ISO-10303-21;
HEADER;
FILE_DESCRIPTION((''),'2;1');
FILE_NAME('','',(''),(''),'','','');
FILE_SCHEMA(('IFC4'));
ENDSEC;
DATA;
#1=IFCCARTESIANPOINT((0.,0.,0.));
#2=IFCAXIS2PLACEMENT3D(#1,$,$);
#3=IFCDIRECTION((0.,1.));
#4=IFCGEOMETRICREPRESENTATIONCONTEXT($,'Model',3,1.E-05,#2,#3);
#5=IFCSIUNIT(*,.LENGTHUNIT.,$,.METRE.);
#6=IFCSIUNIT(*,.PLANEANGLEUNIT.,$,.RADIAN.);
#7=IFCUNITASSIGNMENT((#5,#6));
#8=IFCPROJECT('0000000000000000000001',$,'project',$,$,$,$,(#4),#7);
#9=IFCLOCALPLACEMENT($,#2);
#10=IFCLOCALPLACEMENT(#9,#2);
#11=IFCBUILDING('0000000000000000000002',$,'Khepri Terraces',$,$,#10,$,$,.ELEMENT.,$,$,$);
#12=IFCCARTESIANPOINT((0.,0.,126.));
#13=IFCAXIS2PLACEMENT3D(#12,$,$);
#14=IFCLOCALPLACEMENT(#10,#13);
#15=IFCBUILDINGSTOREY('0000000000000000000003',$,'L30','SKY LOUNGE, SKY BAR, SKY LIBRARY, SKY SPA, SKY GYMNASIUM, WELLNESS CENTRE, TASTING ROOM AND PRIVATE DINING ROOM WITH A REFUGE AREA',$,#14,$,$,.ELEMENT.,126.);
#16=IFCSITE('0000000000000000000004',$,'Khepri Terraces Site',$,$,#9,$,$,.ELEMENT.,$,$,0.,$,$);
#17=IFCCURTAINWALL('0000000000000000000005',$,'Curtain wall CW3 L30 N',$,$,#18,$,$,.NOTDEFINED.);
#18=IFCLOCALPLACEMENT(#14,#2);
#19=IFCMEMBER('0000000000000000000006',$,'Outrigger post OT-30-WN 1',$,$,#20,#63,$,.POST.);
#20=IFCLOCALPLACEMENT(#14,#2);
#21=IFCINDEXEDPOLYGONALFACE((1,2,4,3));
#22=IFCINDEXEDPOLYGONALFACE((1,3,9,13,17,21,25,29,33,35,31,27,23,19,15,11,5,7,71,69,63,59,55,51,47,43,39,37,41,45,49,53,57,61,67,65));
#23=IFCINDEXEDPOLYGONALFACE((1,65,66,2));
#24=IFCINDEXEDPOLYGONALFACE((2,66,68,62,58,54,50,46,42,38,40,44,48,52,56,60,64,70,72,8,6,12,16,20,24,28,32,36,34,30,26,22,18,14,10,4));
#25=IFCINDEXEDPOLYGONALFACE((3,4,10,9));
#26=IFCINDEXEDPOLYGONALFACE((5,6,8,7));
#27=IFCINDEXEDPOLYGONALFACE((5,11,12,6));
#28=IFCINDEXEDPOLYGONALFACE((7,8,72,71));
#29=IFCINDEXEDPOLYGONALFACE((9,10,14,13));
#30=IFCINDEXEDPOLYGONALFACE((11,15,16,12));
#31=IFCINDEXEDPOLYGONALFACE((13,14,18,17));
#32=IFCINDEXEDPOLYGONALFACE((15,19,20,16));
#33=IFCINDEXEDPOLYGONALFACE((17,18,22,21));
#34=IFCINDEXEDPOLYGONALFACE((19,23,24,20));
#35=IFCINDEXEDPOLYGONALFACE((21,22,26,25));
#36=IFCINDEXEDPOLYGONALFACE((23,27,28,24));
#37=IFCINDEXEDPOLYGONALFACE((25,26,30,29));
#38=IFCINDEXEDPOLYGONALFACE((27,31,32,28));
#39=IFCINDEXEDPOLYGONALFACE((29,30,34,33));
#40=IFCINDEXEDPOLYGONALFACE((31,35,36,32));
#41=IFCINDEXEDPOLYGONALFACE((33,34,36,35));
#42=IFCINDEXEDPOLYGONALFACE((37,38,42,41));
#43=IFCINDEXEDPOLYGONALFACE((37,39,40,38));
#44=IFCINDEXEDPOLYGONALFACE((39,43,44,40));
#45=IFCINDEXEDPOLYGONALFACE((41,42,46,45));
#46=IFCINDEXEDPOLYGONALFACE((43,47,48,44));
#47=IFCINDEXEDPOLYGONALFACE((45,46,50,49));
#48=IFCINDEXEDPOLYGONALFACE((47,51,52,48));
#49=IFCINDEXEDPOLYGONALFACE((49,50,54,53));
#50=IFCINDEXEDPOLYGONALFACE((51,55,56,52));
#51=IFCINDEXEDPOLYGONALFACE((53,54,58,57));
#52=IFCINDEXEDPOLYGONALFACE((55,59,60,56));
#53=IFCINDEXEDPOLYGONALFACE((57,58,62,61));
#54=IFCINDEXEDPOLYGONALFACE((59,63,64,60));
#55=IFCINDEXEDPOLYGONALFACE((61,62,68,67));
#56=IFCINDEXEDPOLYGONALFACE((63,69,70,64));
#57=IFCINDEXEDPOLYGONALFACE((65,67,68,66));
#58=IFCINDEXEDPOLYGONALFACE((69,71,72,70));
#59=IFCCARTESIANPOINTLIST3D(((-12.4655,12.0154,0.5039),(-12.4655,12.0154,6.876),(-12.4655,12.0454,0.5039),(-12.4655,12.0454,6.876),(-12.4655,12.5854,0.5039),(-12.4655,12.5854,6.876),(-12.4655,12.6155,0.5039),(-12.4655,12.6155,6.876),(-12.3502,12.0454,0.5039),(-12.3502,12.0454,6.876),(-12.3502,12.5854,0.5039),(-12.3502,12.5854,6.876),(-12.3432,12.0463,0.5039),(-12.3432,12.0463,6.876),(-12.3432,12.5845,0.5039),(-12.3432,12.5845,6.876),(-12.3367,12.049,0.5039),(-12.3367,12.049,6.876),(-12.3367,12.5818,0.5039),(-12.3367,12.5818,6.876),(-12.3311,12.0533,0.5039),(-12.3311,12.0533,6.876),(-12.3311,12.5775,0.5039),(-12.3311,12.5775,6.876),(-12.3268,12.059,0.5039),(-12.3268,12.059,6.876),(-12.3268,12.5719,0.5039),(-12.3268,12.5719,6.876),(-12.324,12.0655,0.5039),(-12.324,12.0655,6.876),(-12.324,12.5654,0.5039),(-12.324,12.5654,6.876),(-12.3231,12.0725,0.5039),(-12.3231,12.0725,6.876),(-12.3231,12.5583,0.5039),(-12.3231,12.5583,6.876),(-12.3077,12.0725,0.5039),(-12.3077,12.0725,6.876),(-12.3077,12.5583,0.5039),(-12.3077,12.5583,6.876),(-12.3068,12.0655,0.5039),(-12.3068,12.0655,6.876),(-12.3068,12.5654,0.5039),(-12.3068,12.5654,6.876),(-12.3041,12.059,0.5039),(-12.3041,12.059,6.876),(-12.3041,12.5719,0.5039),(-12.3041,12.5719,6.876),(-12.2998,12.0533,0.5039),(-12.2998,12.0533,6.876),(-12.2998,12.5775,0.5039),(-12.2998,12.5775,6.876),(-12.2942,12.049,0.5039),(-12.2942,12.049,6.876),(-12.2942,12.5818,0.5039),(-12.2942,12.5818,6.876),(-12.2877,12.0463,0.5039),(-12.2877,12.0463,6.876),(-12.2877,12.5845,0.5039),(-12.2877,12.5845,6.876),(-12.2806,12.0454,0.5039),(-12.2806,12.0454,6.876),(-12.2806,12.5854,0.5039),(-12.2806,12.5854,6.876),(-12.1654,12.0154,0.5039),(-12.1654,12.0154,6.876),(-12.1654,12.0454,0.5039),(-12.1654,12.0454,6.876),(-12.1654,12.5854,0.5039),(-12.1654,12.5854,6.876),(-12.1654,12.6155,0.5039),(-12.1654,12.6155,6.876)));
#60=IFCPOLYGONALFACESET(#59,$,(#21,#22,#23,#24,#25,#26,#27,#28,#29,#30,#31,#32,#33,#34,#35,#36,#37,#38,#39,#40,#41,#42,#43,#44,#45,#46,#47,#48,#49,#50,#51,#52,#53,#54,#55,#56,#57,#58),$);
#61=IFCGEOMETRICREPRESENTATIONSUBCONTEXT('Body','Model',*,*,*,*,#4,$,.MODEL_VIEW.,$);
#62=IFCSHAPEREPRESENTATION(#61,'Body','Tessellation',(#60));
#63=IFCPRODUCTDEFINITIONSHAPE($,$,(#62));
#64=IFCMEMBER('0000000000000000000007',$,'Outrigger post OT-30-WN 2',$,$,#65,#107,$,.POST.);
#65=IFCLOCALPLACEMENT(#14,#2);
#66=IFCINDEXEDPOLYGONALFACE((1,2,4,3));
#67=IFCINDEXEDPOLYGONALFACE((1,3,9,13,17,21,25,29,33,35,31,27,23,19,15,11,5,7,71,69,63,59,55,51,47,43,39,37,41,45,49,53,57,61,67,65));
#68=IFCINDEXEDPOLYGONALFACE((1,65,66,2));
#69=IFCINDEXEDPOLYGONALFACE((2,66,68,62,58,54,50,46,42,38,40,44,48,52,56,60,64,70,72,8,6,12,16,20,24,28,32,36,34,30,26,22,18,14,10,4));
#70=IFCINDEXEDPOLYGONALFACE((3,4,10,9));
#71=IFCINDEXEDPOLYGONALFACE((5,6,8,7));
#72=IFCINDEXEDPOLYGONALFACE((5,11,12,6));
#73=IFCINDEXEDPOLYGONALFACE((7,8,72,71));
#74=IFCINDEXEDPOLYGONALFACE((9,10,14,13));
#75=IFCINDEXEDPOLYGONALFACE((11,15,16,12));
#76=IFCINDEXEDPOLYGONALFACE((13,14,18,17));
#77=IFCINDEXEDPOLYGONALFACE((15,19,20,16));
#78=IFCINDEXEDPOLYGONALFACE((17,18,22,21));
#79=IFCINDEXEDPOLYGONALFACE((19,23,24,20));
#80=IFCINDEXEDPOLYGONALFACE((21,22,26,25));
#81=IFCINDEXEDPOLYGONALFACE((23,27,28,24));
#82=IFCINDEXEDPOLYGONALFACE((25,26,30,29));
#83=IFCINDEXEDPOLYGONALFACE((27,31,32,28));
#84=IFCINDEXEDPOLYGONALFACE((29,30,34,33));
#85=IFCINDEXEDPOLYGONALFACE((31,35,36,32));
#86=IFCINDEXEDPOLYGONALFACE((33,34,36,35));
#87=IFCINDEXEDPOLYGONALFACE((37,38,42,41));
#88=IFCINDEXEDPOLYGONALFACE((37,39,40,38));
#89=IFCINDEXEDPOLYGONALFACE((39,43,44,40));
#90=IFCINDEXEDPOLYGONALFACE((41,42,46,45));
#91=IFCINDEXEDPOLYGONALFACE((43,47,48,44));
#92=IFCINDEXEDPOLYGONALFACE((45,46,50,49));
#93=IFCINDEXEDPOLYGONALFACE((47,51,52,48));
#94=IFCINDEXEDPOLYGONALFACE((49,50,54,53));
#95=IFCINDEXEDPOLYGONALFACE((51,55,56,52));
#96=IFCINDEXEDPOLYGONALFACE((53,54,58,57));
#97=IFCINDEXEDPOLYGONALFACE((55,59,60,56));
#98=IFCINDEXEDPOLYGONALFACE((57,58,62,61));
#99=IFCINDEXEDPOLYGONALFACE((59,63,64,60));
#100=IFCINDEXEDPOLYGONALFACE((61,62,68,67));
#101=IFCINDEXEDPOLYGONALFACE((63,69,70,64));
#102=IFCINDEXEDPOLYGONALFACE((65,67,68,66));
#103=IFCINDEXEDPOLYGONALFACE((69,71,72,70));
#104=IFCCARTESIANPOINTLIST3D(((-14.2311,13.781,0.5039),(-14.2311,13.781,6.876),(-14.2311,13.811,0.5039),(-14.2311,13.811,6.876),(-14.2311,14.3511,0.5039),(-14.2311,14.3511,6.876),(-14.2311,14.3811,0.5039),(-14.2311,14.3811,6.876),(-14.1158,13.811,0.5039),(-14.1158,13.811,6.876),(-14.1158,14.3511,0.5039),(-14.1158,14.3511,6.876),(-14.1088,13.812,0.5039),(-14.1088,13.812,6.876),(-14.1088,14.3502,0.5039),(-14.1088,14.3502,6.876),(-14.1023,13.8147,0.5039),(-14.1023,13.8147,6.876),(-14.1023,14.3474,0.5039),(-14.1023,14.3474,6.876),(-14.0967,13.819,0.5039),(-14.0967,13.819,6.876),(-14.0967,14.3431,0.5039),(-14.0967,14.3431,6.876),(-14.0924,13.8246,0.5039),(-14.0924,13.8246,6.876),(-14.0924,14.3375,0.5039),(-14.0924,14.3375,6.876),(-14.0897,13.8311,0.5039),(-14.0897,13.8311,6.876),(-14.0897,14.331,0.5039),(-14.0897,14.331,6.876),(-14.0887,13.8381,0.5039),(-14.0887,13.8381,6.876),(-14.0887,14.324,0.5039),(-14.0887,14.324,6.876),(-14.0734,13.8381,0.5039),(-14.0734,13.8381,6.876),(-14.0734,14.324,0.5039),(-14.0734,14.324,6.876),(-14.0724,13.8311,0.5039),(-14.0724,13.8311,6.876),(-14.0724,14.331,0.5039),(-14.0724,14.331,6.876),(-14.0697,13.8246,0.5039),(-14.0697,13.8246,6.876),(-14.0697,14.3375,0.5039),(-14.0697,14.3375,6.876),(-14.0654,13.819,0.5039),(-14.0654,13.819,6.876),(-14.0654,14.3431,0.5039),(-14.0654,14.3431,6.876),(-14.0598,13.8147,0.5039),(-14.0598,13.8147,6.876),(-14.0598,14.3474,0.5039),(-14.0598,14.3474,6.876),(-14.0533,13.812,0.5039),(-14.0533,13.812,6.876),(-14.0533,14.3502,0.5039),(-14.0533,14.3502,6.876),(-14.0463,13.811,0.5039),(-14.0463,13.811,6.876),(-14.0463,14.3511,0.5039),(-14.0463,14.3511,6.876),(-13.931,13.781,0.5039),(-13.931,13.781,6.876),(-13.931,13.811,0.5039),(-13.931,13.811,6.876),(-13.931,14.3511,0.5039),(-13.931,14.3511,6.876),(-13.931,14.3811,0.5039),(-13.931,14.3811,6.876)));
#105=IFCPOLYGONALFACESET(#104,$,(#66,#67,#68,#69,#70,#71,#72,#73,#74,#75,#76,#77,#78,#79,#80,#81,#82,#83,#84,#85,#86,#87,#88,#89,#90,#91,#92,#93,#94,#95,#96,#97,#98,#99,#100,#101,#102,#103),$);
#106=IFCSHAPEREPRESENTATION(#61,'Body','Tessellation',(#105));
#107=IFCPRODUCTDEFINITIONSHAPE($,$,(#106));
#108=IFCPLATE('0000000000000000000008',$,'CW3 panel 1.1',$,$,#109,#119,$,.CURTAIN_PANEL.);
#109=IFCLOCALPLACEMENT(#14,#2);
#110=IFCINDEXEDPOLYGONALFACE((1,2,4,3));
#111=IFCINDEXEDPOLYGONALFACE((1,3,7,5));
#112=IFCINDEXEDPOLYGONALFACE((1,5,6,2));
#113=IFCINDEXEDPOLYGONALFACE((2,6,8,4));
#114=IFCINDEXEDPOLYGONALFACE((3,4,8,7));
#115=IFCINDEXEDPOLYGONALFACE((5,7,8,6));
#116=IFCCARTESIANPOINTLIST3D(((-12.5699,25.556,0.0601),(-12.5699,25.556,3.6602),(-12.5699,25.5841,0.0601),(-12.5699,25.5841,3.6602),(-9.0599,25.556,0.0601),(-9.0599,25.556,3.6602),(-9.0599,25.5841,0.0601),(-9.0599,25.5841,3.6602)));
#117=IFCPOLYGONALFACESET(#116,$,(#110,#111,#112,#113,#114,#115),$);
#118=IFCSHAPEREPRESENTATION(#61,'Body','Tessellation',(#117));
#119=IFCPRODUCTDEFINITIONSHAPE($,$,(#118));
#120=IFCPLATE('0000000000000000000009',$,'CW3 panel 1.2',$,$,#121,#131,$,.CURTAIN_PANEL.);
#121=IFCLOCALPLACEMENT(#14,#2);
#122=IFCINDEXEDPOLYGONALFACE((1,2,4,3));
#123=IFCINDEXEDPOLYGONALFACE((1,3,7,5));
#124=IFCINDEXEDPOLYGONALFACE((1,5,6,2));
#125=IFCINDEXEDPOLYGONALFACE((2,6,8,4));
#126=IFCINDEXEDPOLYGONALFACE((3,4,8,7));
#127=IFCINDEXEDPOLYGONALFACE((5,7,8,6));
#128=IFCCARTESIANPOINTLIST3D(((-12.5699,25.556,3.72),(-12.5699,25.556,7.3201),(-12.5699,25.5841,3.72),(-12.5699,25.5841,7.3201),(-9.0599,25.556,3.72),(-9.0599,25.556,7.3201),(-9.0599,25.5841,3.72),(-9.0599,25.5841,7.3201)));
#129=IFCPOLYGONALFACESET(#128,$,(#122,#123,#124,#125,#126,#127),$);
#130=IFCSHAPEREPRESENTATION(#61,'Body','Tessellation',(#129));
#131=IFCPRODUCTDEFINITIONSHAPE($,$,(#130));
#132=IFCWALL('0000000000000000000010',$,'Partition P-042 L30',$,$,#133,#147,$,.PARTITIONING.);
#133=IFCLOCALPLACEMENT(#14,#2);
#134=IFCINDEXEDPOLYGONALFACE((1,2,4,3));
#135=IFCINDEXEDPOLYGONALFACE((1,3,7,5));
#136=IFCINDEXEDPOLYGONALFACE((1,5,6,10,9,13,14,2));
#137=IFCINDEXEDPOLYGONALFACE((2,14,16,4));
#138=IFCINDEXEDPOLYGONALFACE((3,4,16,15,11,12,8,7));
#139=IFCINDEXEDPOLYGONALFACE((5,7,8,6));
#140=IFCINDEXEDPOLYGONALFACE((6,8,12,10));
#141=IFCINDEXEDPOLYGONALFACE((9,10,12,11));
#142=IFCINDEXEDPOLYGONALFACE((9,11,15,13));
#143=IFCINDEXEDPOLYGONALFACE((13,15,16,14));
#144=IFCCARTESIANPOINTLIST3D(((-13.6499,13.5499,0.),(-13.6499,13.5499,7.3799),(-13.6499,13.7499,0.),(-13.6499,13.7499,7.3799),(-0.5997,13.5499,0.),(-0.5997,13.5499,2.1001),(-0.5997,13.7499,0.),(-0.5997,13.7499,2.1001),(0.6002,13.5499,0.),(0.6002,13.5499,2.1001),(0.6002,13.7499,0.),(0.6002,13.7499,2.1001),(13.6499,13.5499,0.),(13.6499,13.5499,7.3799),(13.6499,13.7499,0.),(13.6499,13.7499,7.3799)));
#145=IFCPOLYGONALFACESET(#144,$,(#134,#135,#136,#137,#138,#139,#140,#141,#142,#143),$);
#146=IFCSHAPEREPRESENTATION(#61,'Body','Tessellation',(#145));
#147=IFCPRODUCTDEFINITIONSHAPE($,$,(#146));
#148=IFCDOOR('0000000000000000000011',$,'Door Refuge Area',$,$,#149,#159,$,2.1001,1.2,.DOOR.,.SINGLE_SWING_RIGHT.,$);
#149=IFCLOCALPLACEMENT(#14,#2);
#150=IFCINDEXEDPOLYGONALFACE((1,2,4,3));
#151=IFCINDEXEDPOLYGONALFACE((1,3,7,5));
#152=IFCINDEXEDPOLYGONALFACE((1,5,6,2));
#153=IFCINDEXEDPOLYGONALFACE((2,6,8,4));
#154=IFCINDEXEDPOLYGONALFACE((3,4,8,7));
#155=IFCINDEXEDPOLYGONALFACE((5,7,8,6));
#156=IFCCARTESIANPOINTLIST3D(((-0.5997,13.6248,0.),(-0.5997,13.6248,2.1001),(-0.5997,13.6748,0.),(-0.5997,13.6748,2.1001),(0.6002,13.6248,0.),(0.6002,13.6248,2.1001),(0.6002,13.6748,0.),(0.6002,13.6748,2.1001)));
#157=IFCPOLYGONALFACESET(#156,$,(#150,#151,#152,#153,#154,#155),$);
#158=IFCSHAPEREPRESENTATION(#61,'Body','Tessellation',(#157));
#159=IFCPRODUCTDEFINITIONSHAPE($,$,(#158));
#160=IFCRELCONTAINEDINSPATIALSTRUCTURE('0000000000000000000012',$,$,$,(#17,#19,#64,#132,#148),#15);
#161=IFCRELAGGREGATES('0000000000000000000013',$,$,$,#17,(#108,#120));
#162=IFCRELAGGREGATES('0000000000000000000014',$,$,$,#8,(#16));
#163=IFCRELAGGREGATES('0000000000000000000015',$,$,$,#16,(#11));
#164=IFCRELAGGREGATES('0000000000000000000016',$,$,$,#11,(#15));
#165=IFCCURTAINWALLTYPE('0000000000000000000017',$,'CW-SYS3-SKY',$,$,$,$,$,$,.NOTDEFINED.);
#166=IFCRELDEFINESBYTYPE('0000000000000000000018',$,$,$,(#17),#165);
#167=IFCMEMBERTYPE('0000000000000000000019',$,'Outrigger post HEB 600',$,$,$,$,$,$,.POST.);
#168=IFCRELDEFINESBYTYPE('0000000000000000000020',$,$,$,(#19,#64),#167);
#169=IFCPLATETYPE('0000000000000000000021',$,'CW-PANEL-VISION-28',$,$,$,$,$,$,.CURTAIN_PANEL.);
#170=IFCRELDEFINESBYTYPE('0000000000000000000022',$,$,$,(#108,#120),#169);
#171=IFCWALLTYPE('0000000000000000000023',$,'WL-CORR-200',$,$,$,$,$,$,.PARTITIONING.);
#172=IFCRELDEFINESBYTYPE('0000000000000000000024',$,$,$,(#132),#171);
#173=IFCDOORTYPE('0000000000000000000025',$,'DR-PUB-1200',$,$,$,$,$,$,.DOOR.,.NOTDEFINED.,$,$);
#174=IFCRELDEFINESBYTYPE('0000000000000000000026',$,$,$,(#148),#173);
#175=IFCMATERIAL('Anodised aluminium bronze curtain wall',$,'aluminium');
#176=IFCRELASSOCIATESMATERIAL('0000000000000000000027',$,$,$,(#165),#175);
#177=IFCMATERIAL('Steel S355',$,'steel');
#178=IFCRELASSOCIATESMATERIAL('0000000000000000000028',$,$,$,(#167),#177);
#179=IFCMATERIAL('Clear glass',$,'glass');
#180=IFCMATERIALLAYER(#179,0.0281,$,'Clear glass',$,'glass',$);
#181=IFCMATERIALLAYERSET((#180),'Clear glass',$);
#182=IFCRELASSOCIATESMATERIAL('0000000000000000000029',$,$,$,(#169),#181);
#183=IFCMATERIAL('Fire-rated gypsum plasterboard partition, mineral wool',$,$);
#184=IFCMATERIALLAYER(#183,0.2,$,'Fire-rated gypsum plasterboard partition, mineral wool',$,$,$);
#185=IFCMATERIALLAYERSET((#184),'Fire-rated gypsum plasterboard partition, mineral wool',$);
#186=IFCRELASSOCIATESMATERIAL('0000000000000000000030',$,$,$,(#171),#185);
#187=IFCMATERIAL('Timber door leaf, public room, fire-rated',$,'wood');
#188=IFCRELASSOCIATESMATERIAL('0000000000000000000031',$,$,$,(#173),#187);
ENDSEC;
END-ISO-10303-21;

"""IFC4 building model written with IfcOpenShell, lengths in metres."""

from ifc_helpers import new_model, si_unit, direction, frame, frame_2d, origin, origin_2d, place, context, subcontext, project, spatial, rectangle, i_section, extrude, material, layer, layer_set, material_profile, profile_set, type_object, element, fill, aggregate, save


model = new_model("IFC4")

# Units and contexts
model_context = context("Model", 3, precision=1e-05, world=origin(), true_north=direction((0.0, 1.0)))
body_context = subcontext(model_context, "Body", "Model", "MODEL_VIEW")
ifc_project = project(units=[si_unit("LENGTHUNIT", "METRE"), si_unit("PLANEANGLEUNIT", "RADIAN")], contexts=[model_context])

# Site, building, storey
site_placement = place(None, origin())
site = spatial("IfcSite", under=ifc_project, at=site_placement, Name="Khepri Terraces Site", CompositionType="ELEMENT", RefElevation=0.0)
building_placement = place(site_placement, origin())
building = spatial("IfcBuilding", under=site, at=building_placement, Name="Khepri Terraces", CompositionType="ELEMENT")
storey_placement = place(building_placement, frame((0.0, 0.0, 126.0)))
storey = spatial("IfcBuildingStorey", under=building, at=storey_placement, Name="L30", Description="SKY LOUNGE, SKY BAR, SKY LIBRARY, SKY SPA, SKY GYMNASIUM, WELLNESS CENTRE, TASTING ROOM AND PRIVATE DINING ROOM WITH A REFUGE AREA", CompositionType="ELEMENT", Elevation=126.0)

# Shared definitions
ifc_material_1 = material(Name="Steel S355", Category="steel")

# Curtain wall
ifc_material_2 = material(Name="Anodised aluminium bronze curtain wall", Category="aluminium")
curtain_wall_type = type_object("IfcCurtainWallType", Name="CW-SYS3-SKY", PredefinedType="NOTDEFINED", material=ifc_material_2)
curtain_wall_placement = place(storey_placement, origin())
curtain_wall = element("IfcCurtainWall", 1, at=curtain_wall_placement, inside=storey, type_object=curtain_wall_type, Name="Curtain wall CW3 L30 N", PredefinedType="NOTDEFINED")

# Members
ifc_material_profile_1 = material_profile(ifc_material_1, i_section(OverallWidth=0.3, OverallDepth=0.6001, WebThickness=0.0154, FlangeThickness=0.03, FilletRadius=0.0271, at=origin_2d()), Name="Steel S355", Category="steel")
ifc_profile_set_1 = profile_set([ifc_material_profile_1], Name="Steel S355")
member_type_1 = type_object("IfcMemberType", Name="Outrigger post HEB 600", PredefinedType="POST", material=ifc_profile_set_1)
for number, where, z_axis, x_axis, name in (
    (2, (-12.3154, 12.3154, 0.5039), (0.0, 0.0, 1.0), (1.0, 0.0, 0.0), "Outrigger post OT-30-WN 1"),
    (3, (-14.0811, 14.0811, 0.5039), (0.0, 0.0, 1.0), (1.0, 0.0, 0.0), "Outrigger post OT-30-WN 2"),
):
    element("IfcMember", number, at=place(storey_placement, frame(where, z_axis=z_axis, x_axis=x_axis)), inside=storey, type_object=member_type_1, Name=name, PredefinedType="POST", context=body_context, shape_type="SweptSolid", body=[
        extrude(i_section(OverallWidth=0.3, OverallDepth=0.6001, WebThickness=0.0154, FlangeThickness=0.03, FilletRadius=0.0271, at=origin_2d()), origin(), (0.0, 0.0, 1.0), 6.3721),
    ])

# Plates
ifc_material_3 = material(Name="Clear glass", Category="glass")
ifc_layer_1 = layer(ifc_material_3, 0.0281, Name="Clear glass", Category="glass")
ifc_layer_set_1 = layer_set([ifc_layer_1], Name="Clear glass")
plate_type = type_object("IfcPlateType", Name="CW-PANEL-VISION-28", PredefinedType="CURTAIN_PANEL", material=ifc_layer_set_1)
plate_1_placement = place(storey_placement, frame((-10.8149, 25.5701, 0.0601), z_axis=(0.0, 0.0, 1.0), x_axis=(-1.0, 0.0, 0.0)))
plate_1 = element("IfcPlate", 4, at=plate_1_placement, type_object=plate_type, Name="CW3 panel 1.1", PredefinedType="CURTAIN_PANEL", context=body_context, shape_type="SweptSolid", body=[
    extrude(rectangle(XDim=3.51, YDim=0.0281, at=origin_2d()), origin(), (0.0, 0.0, 1.0), 3.6001),
])
plate_2_placement = place(storey_placement, frame((-10.8149, 25.5701, 3.72), z_axis=(0.0, 0.0, 1.0), x_axis=(-1.0, 0.0, 0.0)))
plate_2 = element("IfcPlate", 5, at=plate_2_placement, type_object=plate_type, Name="CW3 panel 1.2", PredefinedType="CURTAIN_PANEL", context=body_context, shape_type="SweptSolid", body=[
    extrude(rectangle(XDim=3.51, YDim=0.0281, at=origin_2d()), origin(), (0.0, 0.0, 1.0), 3.6001),
])
aggregate(curtain_wall, [plate_1, plate_2])

# Wall, opening, door
ifc_material_4 = material(Name="Fire-rated gypsum plasterboard partition, mineral wool")
ifc_layer_2 = layer(ifc_material_4, 0.2, Name="Fire-rated gypsum plasterboard partition, mineral wool")
ifc_layer_set_2 = layer_set([ifc_layer_2], Name="Fire-rated gypsum plasterboard partition, mineral wool")
wall_type = type_object("IfcWallType", Name="WL-CORR-200", PredefinedType="PARTITIONING", material=ifc_layer_set_2)
wall_placement = place(storey_placement, frame((-13.6499, 13.6499, 0.0), z_axis=(0.0, 0.0, 1.0), x_axis=(1.0, 0.0, 0.0)))
wall = element("IfcWall", 6, at=wall_placement, inside=storey, type_object=wall_type, Name="Partition P-042 L30", PredefinedType="PARTITIONING", context=body_context, shape_type="SweptSolid", body=[
    extrude(rectangle(XDim=27.2998, YDim=0.2, at=frame_2d((13.6499, 0.0))), origin(), (0.0, 0.0, 1.0), 7.3799),
])
opening_placement = place(wall_placement, frame((13.05, 0.0, 0.0)))
opening = element("IfcOpeningElement", 7, at=opening_placement, cuts=wall, PredefinedType="OPENING", context=body_context, shape_type="SweptSolid", body=[
    extrude(rectangle(XDim=1.2, YDim=2.1001, at=frame_2d((0.6001, 1.05))), frame((0.0, 0.1099, 0.0), z_axis=(0.0, -1.0, 0.0), x_axis=(1.0, 0.0, 0.0)), (0.0, 0.0, 1.0), 0.22),
])
ifc_material_5 = material(Name="Timber door leaf, public room, fire-rated", Category="wood")
door_type = type_object("IfcDoorType", Name="DR-PUB-1200", OperationType="NOTDEFINED", PredefinedType="DOOR", material=ifc_material_5)
door_placement = place(opening_placement, origin())
door = element("IfcDoor", 8, at=door_placement, inside=storey, type_object=door_type, Name="Door Refuge Area", OperationType="SINGLE_SWING_RIGHT", OverallHeight=2.1001, OverallWidth=1.2, PredefinedType="DOOR", context=body_context, shape_type="SweptSolid", body=[
    extrude(rectangle(XDim=1.2, YDim=2.1001, at=frame_2d((0.6001, 1.05))), frame((0.0, 0.0249, 0.0), z_axis=(0.0, -1.0, 0.0), x_axis=(1.0, 0.0, 0.0)), (0.0, 0.0, 1.0), 0.05),
])
fill(opening, door)

save(model, "model.ifc")
